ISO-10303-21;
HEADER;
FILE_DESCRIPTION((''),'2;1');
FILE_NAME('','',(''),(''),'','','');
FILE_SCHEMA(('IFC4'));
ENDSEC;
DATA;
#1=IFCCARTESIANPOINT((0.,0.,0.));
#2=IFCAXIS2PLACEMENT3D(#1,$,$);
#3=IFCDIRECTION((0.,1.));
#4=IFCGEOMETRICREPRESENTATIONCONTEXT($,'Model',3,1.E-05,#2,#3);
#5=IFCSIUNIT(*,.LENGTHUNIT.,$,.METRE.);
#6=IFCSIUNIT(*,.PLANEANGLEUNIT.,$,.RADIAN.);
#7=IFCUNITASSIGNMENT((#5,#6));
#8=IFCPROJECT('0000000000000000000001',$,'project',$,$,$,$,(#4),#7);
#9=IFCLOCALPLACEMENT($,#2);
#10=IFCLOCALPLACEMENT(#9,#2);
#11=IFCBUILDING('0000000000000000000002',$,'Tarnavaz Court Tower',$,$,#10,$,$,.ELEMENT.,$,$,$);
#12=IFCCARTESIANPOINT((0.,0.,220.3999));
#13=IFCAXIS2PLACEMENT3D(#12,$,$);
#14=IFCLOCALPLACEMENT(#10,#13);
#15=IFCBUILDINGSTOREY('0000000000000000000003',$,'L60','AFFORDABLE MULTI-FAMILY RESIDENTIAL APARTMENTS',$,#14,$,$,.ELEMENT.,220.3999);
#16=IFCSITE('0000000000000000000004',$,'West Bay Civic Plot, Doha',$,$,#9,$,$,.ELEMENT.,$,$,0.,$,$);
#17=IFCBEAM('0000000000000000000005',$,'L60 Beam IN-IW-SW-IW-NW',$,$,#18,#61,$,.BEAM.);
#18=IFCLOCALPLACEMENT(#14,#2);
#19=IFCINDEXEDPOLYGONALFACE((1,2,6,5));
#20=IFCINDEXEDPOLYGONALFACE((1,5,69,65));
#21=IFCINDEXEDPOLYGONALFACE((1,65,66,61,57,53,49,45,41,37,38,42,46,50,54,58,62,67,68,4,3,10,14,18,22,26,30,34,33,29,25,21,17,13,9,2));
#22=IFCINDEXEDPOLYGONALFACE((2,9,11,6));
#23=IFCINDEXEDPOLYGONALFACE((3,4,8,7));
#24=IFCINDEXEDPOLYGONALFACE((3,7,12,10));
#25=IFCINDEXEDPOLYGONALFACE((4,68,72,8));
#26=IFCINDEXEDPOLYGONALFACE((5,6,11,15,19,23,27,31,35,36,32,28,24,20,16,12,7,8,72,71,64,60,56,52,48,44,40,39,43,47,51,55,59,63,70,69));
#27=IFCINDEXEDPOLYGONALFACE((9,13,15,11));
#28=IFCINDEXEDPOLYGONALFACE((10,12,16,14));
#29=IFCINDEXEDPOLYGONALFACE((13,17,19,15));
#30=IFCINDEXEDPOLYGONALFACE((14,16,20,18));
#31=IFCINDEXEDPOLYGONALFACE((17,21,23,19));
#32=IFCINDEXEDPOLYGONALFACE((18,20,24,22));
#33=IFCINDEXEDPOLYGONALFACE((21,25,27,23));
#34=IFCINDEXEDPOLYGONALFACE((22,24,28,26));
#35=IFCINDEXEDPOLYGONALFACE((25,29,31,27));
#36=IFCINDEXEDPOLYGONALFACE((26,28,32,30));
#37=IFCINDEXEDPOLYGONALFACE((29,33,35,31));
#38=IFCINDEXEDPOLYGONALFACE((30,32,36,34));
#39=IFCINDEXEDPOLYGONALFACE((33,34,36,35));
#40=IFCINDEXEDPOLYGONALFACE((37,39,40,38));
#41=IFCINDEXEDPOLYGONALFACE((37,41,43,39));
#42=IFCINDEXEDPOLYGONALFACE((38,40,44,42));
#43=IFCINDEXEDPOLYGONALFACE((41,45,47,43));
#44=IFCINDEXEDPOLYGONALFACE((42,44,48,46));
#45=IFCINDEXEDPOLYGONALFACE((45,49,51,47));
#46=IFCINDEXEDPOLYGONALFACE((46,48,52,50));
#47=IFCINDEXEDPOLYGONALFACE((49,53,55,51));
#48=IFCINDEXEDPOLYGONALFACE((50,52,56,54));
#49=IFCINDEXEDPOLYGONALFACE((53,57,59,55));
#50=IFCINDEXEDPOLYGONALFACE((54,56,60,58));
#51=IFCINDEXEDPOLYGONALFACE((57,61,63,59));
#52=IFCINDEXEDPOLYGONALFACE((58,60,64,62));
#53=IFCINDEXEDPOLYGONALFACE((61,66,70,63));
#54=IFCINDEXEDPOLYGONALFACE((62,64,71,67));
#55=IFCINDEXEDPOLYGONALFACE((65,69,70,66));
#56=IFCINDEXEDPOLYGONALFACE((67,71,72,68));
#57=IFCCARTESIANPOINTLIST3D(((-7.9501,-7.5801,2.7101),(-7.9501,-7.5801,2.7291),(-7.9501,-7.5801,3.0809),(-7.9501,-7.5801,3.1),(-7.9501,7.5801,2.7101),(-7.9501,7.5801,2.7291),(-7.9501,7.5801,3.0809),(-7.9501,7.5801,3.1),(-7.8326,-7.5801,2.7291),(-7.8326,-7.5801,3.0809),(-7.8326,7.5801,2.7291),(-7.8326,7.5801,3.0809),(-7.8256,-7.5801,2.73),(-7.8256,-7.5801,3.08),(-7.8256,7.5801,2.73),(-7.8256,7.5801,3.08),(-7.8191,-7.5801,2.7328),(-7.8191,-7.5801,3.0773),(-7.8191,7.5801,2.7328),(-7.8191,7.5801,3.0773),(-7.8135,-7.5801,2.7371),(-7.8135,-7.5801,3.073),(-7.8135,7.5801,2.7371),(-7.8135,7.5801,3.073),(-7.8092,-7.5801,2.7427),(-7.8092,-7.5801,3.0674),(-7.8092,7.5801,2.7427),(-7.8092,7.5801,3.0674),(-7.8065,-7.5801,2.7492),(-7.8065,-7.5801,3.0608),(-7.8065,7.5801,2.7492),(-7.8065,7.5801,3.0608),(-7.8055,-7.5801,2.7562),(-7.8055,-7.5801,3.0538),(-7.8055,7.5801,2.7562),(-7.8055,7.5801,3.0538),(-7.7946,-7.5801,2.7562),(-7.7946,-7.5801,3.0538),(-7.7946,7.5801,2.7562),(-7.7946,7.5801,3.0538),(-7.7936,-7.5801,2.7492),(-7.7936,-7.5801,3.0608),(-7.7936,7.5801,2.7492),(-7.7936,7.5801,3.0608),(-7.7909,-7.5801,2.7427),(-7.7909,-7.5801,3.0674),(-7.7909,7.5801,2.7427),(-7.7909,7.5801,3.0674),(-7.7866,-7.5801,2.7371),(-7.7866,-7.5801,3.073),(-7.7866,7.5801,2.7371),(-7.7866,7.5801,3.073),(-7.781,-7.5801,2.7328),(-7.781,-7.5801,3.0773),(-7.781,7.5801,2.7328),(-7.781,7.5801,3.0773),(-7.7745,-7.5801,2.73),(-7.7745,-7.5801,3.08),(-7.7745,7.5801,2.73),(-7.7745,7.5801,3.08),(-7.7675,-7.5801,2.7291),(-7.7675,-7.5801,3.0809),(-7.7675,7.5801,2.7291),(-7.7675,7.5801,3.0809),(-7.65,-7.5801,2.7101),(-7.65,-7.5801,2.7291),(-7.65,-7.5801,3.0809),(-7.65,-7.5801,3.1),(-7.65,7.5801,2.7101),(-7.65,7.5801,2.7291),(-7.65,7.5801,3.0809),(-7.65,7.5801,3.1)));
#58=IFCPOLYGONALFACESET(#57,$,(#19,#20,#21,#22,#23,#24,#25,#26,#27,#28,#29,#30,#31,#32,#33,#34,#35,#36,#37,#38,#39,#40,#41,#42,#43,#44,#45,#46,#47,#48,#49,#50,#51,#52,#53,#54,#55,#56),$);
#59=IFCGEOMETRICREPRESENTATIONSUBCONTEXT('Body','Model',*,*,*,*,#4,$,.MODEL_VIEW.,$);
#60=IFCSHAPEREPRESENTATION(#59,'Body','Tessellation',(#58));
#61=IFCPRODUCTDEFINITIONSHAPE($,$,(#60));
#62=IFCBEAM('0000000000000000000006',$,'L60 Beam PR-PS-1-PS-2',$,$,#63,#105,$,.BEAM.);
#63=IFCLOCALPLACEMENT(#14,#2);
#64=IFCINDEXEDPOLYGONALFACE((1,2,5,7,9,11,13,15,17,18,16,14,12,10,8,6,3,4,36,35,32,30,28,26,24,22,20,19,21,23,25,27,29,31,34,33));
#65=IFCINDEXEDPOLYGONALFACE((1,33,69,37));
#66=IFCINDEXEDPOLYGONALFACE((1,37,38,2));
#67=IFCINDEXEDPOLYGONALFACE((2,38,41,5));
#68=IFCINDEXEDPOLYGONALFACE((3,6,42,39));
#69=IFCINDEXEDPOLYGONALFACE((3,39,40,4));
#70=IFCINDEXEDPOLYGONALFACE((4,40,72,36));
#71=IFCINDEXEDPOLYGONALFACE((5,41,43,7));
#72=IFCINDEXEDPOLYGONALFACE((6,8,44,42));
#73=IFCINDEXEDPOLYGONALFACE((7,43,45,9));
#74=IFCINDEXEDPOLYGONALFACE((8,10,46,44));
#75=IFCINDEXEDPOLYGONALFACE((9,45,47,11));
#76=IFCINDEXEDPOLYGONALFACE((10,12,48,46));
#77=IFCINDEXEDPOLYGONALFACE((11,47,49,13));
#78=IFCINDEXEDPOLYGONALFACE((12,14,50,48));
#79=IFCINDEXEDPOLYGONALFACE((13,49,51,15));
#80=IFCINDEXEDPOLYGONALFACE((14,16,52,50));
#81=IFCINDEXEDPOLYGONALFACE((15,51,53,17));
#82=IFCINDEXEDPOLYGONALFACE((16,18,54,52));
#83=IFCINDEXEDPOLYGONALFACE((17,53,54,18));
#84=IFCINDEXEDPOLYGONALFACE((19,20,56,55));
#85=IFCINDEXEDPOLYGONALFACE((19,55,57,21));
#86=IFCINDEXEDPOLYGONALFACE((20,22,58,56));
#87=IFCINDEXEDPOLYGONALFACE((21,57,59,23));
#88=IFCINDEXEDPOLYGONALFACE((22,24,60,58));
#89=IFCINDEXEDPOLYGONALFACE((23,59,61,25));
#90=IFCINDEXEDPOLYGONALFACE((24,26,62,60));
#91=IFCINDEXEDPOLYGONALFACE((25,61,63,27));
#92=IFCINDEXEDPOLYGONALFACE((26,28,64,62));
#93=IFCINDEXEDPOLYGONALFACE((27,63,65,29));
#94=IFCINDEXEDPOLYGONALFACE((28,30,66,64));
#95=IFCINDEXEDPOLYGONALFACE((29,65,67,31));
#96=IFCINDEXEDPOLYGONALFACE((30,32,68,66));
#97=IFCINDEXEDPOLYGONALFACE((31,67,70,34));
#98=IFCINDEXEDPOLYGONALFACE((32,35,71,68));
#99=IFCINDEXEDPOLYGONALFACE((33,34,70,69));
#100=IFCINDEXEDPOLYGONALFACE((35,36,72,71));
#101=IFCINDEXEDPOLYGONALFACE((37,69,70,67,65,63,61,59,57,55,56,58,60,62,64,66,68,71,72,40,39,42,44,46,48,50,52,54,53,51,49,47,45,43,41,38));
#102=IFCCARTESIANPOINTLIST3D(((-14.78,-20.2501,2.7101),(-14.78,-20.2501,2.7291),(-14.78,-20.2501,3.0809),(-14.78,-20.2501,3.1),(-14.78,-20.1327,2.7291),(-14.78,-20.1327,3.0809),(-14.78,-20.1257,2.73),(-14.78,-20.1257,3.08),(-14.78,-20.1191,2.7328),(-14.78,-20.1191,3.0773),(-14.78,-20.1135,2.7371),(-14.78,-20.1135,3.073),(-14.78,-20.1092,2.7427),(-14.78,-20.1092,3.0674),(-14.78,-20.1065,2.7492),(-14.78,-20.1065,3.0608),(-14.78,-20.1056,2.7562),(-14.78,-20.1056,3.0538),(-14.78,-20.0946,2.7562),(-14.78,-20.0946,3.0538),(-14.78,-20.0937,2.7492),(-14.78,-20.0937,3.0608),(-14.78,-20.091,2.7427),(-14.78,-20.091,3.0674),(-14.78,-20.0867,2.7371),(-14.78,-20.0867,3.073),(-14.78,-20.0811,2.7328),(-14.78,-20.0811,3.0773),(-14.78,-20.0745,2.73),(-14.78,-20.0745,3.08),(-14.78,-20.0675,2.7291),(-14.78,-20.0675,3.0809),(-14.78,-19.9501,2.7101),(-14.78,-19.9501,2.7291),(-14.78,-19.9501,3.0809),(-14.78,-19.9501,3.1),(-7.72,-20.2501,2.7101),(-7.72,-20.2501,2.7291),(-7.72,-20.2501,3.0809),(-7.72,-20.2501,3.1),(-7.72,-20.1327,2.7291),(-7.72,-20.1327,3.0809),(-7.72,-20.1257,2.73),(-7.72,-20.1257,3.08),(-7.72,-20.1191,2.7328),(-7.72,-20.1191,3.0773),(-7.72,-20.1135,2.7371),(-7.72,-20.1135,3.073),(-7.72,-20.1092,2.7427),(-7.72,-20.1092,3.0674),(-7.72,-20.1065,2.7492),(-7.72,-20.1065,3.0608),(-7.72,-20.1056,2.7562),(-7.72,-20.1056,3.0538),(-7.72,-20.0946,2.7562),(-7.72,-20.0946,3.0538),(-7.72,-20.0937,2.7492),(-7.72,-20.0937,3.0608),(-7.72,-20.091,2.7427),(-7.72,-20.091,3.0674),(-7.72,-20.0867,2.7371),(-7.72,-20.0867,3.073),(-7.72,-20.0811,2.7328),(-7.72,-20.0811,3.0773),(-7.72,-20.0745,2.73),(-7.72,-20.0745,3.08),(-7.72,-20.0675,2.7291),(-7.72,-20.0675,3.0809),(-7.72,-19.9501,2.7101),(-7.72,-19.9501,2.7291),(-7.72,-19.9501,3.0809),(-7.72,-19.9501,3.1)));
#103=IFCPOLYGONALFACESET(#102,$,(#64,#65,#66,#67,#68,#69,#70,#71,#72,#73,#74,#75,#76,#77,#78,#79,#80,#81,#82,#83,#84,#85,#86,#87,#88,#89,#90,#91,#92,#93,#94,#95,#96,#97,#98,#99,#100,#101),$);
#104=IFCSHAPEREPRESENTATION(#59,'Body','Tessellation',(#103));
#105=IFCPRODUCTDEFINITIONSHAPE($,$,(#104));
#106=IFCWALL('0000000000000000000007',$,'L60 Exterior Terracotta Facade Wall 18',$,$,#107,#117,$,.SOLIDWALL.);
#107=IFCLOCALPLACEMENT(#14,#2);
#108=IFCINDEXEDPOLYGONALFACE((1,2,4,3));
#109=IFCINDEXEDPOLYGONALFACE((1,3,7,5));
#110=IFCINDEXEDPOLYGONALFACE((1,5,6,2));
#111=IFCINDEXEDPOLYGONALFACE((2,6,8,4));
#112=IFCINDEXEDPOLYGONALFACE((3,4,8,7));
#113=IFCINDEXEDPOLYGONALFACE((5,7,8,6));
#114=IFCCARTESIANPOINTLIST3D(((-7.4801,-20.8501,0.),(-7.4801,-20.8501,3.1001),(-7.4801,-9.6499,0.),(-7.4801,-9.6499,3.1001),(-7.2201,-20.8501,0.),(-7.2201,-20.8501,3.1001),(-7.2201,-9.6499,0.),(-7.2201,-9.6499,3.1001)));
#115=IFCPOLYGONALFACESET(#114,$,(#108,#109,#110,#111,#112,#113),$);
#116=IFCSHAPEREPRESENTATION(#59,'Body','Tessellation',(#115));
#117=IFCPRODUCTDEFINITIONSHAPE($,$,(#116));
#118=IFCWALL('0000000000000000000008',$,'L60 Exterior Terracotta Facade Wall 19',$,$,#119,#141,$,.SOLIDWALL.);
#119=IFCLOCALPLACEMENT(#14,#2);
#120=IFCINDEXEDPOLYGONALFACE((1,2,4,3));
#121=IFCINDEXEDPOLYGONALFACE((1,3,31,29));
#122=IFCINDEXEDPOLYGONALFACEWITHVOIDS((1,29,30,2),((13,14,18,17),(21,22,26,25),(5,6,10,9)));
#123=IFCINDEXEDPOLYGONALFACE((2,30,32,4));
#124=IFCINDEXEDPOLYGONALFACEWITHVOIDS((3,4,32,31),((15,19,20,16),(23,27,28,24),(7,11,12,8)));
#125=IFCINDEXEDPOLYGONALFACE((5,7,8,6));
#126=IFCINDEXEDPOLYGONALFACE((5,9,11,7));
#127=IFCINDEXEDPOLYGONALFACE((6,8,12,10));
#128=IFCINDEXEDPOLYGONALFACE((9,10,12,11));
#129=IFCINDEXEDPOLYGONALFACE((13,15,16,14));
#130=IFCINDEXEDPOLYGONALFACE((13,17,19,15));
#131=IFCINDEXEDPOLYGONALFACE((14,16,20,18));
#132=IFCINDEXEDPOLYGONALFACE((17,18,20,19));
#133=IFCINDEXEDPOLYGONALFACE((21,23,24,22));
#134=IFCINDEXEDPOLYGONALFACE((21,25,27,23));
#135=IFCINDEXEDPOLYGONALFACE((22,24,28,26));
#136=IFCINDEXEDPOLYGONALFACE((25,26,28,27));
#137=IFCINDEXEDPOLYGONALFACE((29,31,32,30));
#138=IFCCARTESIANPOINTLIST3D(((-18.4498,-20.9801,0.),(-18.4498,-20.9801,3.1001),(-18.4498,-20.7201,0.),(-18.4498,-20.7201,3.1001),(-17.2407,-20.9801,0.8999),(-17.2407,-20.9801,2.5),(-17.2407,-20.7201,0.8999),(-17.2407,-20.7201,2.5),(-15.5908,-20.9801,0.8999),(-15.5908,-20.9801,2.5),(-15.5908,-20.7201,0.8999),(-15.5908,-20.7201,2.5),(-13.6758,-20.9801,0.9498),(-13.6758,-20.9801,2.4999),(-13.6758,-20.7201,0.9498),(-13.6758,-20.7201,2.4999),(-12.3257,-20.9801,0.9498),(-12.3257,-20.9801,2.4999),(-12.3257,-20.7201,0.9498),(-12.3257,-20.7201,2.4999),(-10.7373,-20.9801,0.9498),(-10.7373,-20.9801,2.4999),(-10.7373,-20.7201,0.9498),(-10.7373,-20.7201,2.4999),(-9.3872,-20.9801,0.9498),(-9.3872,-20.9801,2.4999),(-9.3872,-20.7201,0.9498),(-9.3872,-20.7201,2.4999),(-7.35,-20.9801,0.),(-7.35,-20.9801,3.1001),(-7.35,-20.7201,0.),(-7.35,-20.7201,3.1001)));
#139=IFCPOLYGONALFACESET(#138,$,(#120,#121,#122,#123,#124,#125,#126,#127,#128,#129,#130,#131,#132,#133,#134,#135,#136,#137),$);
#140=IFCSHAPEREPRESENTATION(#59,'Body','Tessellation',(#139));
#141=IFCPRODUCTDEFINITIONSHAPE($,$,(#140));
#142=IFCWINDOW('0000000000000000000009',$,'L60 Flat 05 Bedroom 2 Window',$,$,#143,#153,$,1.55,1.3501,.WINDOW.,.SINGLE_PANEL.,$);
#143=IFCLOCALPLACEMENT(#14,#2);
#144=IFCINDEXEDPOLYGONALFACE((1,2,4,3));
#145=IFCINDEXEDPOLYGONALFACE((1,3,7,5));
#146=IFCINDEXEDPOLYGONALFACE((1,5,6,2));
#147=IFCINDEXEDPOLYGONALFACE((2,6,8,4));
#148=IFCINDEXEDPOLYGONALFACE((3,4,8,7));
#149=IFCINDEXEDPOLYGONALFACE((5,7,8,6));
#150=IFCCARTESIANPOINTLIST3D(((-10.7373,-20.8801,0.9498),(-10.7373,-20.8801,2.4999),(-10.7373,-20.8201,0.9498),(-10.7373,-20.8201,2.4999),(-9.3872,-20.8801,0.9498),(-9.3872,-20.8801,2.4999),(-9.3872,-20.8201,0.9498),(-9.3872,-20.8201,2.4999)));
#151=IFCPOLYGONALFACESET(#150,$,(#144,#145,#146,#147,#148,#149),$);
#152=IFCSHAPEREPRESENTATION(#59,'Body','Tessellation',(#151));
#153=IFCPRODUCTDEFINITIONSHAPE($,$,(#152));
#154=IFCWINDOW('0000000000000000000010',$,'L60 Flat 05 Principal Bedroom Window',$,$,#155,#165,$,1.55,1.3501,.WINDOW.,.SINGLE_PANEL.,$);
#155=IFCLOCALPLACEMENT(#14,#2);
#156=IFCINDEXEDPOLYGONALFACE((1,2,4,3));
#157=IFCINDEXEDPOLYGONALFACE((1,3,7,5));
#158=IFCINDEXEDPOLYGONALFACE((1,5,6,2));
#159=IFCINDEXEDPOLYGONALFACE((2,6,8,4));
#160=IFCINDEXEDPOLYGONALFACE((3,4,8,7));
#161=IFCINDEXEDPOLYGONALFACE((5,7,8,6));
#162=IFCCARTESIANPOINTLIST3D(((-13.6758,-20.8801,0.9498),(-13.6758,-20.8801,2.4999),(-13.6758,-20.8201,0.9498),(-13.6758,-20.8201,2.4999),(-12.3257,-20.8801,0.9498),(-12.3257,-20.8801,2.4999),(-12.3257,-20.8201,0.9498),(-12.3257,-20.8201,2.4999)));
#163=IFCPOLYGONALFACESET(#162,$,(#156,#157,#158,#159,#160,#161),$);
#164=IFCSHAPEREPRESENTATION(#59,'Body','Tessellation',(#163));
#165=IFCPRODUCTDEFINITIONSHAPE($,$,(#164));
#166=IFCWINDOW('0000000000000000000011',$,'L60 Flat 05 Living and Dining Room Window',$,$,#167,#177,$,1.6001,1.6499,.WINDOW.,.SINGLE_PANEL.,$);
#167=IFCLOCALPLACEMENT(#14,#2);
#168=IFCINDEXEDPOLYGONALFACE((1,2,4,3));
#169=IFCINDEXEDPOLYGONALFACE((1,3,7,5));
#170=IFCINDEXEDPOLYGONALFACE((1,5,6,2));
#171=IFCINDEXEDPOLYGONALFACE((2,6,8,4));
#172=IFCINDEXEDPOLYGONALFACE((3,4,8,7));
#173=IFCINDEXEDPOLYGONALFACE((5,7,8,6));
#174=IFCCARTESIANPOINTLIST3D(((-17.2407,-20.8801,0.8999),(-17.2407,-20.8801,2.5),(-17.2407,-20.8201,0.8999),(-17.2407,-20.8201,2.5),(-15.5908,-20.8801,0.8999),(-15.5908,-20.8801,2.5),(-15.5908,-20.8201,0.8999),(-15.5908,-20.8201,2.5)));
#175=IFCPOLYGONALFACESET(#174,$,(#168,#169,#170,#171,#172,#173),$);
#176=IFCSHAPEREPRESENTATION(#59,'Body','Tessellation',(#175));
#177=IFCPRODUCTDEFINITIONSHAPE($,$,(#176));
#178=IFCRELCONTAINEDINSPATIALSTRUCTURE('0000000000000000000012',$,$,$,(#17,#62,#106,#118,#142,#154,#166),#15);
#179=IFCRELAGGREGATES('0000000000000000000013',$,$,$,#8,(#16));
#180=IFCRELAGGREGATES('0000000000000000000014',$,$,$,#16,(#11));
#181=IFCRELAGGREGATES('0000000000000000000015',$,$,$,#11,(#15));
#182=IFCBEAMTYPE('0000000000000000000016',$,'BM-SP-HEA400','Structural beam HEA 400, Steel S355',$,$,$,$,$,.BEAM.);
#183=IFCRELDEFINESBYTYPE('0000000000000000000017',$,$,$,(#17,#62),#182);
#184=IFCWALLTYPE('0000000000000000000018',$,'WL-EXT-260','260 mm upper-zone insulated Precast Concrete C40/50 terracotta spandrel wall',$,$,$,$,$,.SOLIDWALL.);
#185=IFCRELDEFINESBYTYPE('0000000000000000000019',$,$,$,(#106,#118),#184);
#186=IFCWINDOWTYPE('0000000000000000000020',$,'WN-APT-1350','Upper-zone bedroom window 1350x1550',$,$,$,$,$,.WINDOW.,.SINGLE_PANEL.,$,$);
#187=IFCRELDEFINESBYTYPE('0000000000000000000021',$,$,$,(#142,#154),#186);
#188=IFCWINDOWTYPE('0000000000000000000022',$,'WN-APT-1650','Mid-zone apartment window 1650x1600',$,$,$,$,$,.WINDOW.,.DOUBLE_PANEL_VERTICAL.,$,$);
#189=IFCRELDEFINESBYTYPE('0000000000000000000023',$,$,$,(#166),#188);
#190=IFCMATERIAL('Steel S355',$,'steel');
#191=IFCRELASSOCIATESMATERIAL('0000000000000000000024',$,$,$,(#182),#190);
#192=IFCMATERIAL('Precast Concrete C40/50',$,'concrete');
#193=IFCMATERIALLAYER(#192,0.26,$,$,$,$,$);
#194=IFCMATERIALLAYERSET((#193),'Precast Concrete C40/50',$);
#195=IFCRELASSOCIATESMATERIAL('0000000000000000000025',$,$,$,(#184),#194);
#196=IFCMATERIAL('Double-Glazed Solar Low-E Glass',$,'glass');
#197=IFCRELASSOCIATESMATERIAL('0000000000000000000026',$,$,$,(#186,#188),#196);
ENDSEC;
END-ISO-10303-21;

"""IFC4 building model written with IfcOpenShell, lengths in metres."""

from ifc_helpers import new_model, si_unit, direction, frame, frame_2d, origin, origin_2d, place, context, subcontext, project, spatial, rectangle, i_section, extrude, material, layer, layer_set, material_profile, profile_set, type_object, element, fill, save


model = new_model("IFC4")

# Units and contexts
model_context = context("Model", 3, precision=1e-05, world=origin(), true_north=direction((0.0, 1.0)))
body_context = subcontext(model_context, "Body", "Model", "MODEL_VIEW")
ifc_project = project(units=[si_unit("LENGTHUNIT", "METRE"), si_unit("PLANEANGLEUNIT", "RADIAN")], contexts=[model_context])

# Site, building, storey
site_placement = place(None, origin())
site = spatial("IfcSite", under=ifc_project, at=site_placement, Name="West Bay Civic Plot, Doha", CompositionType="ELEMENT", RefElevation=0.0)
building_placement = place(site_placement, origin())
building = spatial("IfcBuilding", under=site, at=building_placement, Name="Tarnavaz Court Tower", CompositionType="ELEMENT")
storey_placement = place(building_placement, frame((0.0, 0.0, 220.3999)))
storey = spatial("IfcBuildingStorey", under=building, at=storey_placement, Name="L60", Description="AFFORDABLE MULTI-FAMILY RESIDENTIAL APARTMENTS", CompositionType="ELEMENT", Elevation=220.3999)

# Beams
ifc_material_1 = material(Name="Steel S355", Category="steel")
ifc_material_profile_1 = material_profile(ifc_material_1, i_section(OverallWidth=0.3, OverallDepth=0.3899, WebThickness=0.011, FlangeThickness=0.019, FilletRadius=0.0271, at=origin_2d()), Name="HEA 400")
ifc_profile_set_1 = profile_set([ifc_material_profile_1], Name="Steel S355")
beam_type_1 = type_object("IfcBeamType", Name="BM-SP-HEA400", Description="Structural beam HEA 400, Steel S355", PredefinedType="BEAM", material=ifc_profile_set_1)
for number, where, z_axis, x_axis, name in (
    (1, (-7.8, -7.5801, 2.905), (0.0, 1.0, 0.0), (-1.0, 0.0, 0.0), "L60 Beam IN-IW-SW-IW-NW"),
):
    element("IfcBeam", number, at=place(storey_placement, frame(where, z_axis=z_axis, x_axis=x_axis)), inside=storey, type_object=beam_type_1, Name=name, PredefinedType="BEAM", context=body_context, shape_type="SweptSolid", body=[
        extrude(i_section(OverallWidth=0.3, OverallDepth=0.3899, WebThickness=0.011, FlangeThickness=0.019, FilletRadius=0.0271, at=origin_2d()), origin(), (0.0, 0.0, 1.0), 15.1602),
    ])
beam_1_placement = place(storey_placement, frame((-14.78, -20.1001, 2.905), z_axis=(1.0, 0.0, 0.0), x_axis=(0.0, 1.0, 0.0)))
element("IfcBeam", 2, at=beam_1_placement, inside=storey, type_object=beam_type_1, Name="L60 Beam PR-PS-1-PS-2", PredefinedType="BEAM", context=body_context, shape_type="SweptSolid", body=[
    extrude(i_section(OverallWidth=0.3, OverallDepth=0.3899, WebThickness=0.011, FlangeThickness=0.019, FilletRadius=0.0271, at=origin_2d()), origin(), (0.0, 0.0, 1.0), 7.0601),
])

# Wall
ifc_material_2 = material(Name="Precast Concrete C40/50", Category="concrete")
ifc_layer_1 = layer(ifc_material_2, 0.26)
ifc_layer_set_1 = layer_set([ifc_layer_1], Name="Precast Concrete C40/50")
wall_type_1 = type_object("IfcWallType", Name="WL-EXT-260", Description="260 mm upper-zone insulated Precast Concrete C40/50 terracotta spandrel wall", PredefinedType="SOLIDWALL", material=ifc_layer_set_1)
wall_1_placement = place(storey_placement, frame((-7.3501, -9.6499, 0.0), z_axis=(0.0, 0.0, 1.0), x_axis=(0.0, -1.0, 0.0)))
element("IfcWall", 3, at=wall_1_placement, inside=storey, type_object=wall_type_1, Name="L60 Exterior Terracotta Facade Wall 18", PredefinedType="SOLIDWALL", context=body_context, shape_type="SweptSolid", body=[
    extrude(rectangle(XDim=11.2002, YDim=0.26, at=frame_2d((5.6001, 0.0))), origin(), (0.0, 0.0, 1.0), 3.1001),
])

# Wall, openings, windows
wall_2_placement = place(storey_placement, frame((-7.3501, -20.8501, 0.0), z_axis=(0.0, 0.0, 1.0), x_axis=(-1.0, 0.0, 0.0)))
wall_2 = element("IfcWall", 4, at=wall_2_placement, inside=storey, type_object=wall_type_1, Name="L60 Exterior Terracotta Facade Wall 19", PredefinedType="SOLIDWALL", context=body_context, shape_type="SweptSolid", body=[
    extrude(rectangle(XDim=11.0999, YDim=0.26, at=frame_2d((5.5498, 0.0))), origin(), (0.0, 0.0, 1.0), 3.1001),
])
opening_1_placement = place(wall_2_placement, frame((2.0371, 0.0, 0.95)))
opening_1 = element("IfcOpeningElement", 5, at=opening_1_placement, cuts=wall_2, PredefinedType="OPENING", context=body_context, shape_type="SweptSolid", body=[
    extrude(rectangle(XDim=1.3501, YDim=1.55, at=frame_2d((0.675, 0.7749))), frame((0.0, 0.1399, 0.0), z_axis=(0.0, -1.0, 0.0), x_axis=(1.0, 0.0, 0.0)), (0.0, 0.0, 1.0), 0.28),
])
opening_2_placement = place(wall_2_placement, frame((4.9756, 0.0, 0.95)))
opening_2 = element("IfcOpeningElement", 6, at=opening_2_placement, cuts=wall_2, PredefinedType="OPENING", context=body_context, shape_type="SweptSolid", body=[
    extrude(rectangle(XDim=1.3501, YDim=1.55, at=frame_2d((0.675, 0.7749))), frame((0.0, 0.1399, 0.0), z_axis=(0.0, -1.0, 0.0), x_axis=(1.0, 0.0, 0.0)), (0.0, 0.0, 1.0), 0.28),
])
opening_3_placement = place(wall_2_placement, frame((8.2407, 0.0, 0.8999)))
opening_3 = element("IfcOpeningElement", 7, at=opening_3_placement, cuts=wall_2, PredefinedType="OPENING", context=body_context, shape_type="SweptSolid", body=[
    extrude(rectangle(XDim=1.6499, YDim=1.6001, at=frame_2d((0.825, 0.8))), frame((0.0, 0.1399, 0.0), z_axis=(0.0, -1.0, 0.0), x_axis=(1.0, 0.0, 0.0)), (0.0, 0.0, 1.0), 0.28),
])
ifc_material_3 = material(Name="Double-Glazed Solar Low-E Glass", Category="glass")
window_type_1 = type_object("IfcWindowType", Name="WN-APT-1350", Description="Upper-zone bedroom window 1350x1550", PartitioningType="SINGLE_PANEL", PredefinedType="WINDOW", material=ifc_material_3)
window_1_placement = place(opening_1_placement, origin())
window_1 = element("IfcWindow", 8, at=window_1_placement, inside=storey, type_object=window_type_1, Name="L60 Flat 05 Bedroom 2 Window", OverallHeight=1.55, OverallWidth=1.3501, PartitioningType="SINGLE_PANEL", PredefinedType="WINDOW", context=body_context, shape_type="SweptSolid", body=[
    extrude(rectangle(XDim=1.3501, YDim=1.55, at=frame_2d((0.675, 0.7749))), frame((0.0, 0.03, 0.0), z_axis=(0.0, -1.0, 0.0), x_axis=(1.0, 0.0, 0.0)), (0.0, 0.0, 1.0), 0.0601),
])
fill(opening_1, window_1)
window_2_placement = place(opening_2_placement, origin())
window_2 = element("IfcWindow", 9, at=window_2_placement, inside=storey, type_object=window_type_1, Name="L60 Flat 05 Principal Bedroom Window", OverallHeight=1.55, OverallWidth=1.3501, PartitioningType="SINGLE_PANEL", PredefinedType="WINDOW", context=body_context, shape_type="SweptSolid", body=[
    extrude(rectangle(XDim=1.3501, YDim=1.55, at=frame_2d((0.675, 0.7749))), frame((0.0, 0.03, 0.0), z_axis=(0.0, -1.0, 0.0), x_axis=(1.0, 0.0, 0.0)), (0.0, 0.0, 1.0), 0.0601),
])
fill(opening_2, window_2)
window_type_2 = type_object("IfcWindowType", Name="WN-APT-1650", Description="Mid-zone apartment window 1650x1600", PartitioningType="DOUBLE_PANEL_VERTICAL", PredefinedType="WINDOW", material=ifc_material_3)
window_3_placement = place(opening_3_placement, origin())
window_3 = element("IfcWindow", 10, at=window_3_placement, inside=storey, type_object=window_type_2, Name="L60 Flat 05 Living and Dining Room Window", OverallHeight=1.6001, OverallWidth=1.6499, PartitioningType="SINGLE_PANEL", PredefinedType="WINDOW", context=body_context, shape_type="SweptSolid", body=[
    extrude(rectangle(XDim=1.6499, YDim=1.6001, at=frame_2d((0.825, 0.8))), frame((0.0, 0.03, 0.0), z_axis=(0.0, -1.0, 0.0), x_axis=(1.0, 0.0, 0.0)), (0.0, 0.0, 1.0), 0.0601),
])
fill(opening_3, window_3)

save(model, "model.ifc")
